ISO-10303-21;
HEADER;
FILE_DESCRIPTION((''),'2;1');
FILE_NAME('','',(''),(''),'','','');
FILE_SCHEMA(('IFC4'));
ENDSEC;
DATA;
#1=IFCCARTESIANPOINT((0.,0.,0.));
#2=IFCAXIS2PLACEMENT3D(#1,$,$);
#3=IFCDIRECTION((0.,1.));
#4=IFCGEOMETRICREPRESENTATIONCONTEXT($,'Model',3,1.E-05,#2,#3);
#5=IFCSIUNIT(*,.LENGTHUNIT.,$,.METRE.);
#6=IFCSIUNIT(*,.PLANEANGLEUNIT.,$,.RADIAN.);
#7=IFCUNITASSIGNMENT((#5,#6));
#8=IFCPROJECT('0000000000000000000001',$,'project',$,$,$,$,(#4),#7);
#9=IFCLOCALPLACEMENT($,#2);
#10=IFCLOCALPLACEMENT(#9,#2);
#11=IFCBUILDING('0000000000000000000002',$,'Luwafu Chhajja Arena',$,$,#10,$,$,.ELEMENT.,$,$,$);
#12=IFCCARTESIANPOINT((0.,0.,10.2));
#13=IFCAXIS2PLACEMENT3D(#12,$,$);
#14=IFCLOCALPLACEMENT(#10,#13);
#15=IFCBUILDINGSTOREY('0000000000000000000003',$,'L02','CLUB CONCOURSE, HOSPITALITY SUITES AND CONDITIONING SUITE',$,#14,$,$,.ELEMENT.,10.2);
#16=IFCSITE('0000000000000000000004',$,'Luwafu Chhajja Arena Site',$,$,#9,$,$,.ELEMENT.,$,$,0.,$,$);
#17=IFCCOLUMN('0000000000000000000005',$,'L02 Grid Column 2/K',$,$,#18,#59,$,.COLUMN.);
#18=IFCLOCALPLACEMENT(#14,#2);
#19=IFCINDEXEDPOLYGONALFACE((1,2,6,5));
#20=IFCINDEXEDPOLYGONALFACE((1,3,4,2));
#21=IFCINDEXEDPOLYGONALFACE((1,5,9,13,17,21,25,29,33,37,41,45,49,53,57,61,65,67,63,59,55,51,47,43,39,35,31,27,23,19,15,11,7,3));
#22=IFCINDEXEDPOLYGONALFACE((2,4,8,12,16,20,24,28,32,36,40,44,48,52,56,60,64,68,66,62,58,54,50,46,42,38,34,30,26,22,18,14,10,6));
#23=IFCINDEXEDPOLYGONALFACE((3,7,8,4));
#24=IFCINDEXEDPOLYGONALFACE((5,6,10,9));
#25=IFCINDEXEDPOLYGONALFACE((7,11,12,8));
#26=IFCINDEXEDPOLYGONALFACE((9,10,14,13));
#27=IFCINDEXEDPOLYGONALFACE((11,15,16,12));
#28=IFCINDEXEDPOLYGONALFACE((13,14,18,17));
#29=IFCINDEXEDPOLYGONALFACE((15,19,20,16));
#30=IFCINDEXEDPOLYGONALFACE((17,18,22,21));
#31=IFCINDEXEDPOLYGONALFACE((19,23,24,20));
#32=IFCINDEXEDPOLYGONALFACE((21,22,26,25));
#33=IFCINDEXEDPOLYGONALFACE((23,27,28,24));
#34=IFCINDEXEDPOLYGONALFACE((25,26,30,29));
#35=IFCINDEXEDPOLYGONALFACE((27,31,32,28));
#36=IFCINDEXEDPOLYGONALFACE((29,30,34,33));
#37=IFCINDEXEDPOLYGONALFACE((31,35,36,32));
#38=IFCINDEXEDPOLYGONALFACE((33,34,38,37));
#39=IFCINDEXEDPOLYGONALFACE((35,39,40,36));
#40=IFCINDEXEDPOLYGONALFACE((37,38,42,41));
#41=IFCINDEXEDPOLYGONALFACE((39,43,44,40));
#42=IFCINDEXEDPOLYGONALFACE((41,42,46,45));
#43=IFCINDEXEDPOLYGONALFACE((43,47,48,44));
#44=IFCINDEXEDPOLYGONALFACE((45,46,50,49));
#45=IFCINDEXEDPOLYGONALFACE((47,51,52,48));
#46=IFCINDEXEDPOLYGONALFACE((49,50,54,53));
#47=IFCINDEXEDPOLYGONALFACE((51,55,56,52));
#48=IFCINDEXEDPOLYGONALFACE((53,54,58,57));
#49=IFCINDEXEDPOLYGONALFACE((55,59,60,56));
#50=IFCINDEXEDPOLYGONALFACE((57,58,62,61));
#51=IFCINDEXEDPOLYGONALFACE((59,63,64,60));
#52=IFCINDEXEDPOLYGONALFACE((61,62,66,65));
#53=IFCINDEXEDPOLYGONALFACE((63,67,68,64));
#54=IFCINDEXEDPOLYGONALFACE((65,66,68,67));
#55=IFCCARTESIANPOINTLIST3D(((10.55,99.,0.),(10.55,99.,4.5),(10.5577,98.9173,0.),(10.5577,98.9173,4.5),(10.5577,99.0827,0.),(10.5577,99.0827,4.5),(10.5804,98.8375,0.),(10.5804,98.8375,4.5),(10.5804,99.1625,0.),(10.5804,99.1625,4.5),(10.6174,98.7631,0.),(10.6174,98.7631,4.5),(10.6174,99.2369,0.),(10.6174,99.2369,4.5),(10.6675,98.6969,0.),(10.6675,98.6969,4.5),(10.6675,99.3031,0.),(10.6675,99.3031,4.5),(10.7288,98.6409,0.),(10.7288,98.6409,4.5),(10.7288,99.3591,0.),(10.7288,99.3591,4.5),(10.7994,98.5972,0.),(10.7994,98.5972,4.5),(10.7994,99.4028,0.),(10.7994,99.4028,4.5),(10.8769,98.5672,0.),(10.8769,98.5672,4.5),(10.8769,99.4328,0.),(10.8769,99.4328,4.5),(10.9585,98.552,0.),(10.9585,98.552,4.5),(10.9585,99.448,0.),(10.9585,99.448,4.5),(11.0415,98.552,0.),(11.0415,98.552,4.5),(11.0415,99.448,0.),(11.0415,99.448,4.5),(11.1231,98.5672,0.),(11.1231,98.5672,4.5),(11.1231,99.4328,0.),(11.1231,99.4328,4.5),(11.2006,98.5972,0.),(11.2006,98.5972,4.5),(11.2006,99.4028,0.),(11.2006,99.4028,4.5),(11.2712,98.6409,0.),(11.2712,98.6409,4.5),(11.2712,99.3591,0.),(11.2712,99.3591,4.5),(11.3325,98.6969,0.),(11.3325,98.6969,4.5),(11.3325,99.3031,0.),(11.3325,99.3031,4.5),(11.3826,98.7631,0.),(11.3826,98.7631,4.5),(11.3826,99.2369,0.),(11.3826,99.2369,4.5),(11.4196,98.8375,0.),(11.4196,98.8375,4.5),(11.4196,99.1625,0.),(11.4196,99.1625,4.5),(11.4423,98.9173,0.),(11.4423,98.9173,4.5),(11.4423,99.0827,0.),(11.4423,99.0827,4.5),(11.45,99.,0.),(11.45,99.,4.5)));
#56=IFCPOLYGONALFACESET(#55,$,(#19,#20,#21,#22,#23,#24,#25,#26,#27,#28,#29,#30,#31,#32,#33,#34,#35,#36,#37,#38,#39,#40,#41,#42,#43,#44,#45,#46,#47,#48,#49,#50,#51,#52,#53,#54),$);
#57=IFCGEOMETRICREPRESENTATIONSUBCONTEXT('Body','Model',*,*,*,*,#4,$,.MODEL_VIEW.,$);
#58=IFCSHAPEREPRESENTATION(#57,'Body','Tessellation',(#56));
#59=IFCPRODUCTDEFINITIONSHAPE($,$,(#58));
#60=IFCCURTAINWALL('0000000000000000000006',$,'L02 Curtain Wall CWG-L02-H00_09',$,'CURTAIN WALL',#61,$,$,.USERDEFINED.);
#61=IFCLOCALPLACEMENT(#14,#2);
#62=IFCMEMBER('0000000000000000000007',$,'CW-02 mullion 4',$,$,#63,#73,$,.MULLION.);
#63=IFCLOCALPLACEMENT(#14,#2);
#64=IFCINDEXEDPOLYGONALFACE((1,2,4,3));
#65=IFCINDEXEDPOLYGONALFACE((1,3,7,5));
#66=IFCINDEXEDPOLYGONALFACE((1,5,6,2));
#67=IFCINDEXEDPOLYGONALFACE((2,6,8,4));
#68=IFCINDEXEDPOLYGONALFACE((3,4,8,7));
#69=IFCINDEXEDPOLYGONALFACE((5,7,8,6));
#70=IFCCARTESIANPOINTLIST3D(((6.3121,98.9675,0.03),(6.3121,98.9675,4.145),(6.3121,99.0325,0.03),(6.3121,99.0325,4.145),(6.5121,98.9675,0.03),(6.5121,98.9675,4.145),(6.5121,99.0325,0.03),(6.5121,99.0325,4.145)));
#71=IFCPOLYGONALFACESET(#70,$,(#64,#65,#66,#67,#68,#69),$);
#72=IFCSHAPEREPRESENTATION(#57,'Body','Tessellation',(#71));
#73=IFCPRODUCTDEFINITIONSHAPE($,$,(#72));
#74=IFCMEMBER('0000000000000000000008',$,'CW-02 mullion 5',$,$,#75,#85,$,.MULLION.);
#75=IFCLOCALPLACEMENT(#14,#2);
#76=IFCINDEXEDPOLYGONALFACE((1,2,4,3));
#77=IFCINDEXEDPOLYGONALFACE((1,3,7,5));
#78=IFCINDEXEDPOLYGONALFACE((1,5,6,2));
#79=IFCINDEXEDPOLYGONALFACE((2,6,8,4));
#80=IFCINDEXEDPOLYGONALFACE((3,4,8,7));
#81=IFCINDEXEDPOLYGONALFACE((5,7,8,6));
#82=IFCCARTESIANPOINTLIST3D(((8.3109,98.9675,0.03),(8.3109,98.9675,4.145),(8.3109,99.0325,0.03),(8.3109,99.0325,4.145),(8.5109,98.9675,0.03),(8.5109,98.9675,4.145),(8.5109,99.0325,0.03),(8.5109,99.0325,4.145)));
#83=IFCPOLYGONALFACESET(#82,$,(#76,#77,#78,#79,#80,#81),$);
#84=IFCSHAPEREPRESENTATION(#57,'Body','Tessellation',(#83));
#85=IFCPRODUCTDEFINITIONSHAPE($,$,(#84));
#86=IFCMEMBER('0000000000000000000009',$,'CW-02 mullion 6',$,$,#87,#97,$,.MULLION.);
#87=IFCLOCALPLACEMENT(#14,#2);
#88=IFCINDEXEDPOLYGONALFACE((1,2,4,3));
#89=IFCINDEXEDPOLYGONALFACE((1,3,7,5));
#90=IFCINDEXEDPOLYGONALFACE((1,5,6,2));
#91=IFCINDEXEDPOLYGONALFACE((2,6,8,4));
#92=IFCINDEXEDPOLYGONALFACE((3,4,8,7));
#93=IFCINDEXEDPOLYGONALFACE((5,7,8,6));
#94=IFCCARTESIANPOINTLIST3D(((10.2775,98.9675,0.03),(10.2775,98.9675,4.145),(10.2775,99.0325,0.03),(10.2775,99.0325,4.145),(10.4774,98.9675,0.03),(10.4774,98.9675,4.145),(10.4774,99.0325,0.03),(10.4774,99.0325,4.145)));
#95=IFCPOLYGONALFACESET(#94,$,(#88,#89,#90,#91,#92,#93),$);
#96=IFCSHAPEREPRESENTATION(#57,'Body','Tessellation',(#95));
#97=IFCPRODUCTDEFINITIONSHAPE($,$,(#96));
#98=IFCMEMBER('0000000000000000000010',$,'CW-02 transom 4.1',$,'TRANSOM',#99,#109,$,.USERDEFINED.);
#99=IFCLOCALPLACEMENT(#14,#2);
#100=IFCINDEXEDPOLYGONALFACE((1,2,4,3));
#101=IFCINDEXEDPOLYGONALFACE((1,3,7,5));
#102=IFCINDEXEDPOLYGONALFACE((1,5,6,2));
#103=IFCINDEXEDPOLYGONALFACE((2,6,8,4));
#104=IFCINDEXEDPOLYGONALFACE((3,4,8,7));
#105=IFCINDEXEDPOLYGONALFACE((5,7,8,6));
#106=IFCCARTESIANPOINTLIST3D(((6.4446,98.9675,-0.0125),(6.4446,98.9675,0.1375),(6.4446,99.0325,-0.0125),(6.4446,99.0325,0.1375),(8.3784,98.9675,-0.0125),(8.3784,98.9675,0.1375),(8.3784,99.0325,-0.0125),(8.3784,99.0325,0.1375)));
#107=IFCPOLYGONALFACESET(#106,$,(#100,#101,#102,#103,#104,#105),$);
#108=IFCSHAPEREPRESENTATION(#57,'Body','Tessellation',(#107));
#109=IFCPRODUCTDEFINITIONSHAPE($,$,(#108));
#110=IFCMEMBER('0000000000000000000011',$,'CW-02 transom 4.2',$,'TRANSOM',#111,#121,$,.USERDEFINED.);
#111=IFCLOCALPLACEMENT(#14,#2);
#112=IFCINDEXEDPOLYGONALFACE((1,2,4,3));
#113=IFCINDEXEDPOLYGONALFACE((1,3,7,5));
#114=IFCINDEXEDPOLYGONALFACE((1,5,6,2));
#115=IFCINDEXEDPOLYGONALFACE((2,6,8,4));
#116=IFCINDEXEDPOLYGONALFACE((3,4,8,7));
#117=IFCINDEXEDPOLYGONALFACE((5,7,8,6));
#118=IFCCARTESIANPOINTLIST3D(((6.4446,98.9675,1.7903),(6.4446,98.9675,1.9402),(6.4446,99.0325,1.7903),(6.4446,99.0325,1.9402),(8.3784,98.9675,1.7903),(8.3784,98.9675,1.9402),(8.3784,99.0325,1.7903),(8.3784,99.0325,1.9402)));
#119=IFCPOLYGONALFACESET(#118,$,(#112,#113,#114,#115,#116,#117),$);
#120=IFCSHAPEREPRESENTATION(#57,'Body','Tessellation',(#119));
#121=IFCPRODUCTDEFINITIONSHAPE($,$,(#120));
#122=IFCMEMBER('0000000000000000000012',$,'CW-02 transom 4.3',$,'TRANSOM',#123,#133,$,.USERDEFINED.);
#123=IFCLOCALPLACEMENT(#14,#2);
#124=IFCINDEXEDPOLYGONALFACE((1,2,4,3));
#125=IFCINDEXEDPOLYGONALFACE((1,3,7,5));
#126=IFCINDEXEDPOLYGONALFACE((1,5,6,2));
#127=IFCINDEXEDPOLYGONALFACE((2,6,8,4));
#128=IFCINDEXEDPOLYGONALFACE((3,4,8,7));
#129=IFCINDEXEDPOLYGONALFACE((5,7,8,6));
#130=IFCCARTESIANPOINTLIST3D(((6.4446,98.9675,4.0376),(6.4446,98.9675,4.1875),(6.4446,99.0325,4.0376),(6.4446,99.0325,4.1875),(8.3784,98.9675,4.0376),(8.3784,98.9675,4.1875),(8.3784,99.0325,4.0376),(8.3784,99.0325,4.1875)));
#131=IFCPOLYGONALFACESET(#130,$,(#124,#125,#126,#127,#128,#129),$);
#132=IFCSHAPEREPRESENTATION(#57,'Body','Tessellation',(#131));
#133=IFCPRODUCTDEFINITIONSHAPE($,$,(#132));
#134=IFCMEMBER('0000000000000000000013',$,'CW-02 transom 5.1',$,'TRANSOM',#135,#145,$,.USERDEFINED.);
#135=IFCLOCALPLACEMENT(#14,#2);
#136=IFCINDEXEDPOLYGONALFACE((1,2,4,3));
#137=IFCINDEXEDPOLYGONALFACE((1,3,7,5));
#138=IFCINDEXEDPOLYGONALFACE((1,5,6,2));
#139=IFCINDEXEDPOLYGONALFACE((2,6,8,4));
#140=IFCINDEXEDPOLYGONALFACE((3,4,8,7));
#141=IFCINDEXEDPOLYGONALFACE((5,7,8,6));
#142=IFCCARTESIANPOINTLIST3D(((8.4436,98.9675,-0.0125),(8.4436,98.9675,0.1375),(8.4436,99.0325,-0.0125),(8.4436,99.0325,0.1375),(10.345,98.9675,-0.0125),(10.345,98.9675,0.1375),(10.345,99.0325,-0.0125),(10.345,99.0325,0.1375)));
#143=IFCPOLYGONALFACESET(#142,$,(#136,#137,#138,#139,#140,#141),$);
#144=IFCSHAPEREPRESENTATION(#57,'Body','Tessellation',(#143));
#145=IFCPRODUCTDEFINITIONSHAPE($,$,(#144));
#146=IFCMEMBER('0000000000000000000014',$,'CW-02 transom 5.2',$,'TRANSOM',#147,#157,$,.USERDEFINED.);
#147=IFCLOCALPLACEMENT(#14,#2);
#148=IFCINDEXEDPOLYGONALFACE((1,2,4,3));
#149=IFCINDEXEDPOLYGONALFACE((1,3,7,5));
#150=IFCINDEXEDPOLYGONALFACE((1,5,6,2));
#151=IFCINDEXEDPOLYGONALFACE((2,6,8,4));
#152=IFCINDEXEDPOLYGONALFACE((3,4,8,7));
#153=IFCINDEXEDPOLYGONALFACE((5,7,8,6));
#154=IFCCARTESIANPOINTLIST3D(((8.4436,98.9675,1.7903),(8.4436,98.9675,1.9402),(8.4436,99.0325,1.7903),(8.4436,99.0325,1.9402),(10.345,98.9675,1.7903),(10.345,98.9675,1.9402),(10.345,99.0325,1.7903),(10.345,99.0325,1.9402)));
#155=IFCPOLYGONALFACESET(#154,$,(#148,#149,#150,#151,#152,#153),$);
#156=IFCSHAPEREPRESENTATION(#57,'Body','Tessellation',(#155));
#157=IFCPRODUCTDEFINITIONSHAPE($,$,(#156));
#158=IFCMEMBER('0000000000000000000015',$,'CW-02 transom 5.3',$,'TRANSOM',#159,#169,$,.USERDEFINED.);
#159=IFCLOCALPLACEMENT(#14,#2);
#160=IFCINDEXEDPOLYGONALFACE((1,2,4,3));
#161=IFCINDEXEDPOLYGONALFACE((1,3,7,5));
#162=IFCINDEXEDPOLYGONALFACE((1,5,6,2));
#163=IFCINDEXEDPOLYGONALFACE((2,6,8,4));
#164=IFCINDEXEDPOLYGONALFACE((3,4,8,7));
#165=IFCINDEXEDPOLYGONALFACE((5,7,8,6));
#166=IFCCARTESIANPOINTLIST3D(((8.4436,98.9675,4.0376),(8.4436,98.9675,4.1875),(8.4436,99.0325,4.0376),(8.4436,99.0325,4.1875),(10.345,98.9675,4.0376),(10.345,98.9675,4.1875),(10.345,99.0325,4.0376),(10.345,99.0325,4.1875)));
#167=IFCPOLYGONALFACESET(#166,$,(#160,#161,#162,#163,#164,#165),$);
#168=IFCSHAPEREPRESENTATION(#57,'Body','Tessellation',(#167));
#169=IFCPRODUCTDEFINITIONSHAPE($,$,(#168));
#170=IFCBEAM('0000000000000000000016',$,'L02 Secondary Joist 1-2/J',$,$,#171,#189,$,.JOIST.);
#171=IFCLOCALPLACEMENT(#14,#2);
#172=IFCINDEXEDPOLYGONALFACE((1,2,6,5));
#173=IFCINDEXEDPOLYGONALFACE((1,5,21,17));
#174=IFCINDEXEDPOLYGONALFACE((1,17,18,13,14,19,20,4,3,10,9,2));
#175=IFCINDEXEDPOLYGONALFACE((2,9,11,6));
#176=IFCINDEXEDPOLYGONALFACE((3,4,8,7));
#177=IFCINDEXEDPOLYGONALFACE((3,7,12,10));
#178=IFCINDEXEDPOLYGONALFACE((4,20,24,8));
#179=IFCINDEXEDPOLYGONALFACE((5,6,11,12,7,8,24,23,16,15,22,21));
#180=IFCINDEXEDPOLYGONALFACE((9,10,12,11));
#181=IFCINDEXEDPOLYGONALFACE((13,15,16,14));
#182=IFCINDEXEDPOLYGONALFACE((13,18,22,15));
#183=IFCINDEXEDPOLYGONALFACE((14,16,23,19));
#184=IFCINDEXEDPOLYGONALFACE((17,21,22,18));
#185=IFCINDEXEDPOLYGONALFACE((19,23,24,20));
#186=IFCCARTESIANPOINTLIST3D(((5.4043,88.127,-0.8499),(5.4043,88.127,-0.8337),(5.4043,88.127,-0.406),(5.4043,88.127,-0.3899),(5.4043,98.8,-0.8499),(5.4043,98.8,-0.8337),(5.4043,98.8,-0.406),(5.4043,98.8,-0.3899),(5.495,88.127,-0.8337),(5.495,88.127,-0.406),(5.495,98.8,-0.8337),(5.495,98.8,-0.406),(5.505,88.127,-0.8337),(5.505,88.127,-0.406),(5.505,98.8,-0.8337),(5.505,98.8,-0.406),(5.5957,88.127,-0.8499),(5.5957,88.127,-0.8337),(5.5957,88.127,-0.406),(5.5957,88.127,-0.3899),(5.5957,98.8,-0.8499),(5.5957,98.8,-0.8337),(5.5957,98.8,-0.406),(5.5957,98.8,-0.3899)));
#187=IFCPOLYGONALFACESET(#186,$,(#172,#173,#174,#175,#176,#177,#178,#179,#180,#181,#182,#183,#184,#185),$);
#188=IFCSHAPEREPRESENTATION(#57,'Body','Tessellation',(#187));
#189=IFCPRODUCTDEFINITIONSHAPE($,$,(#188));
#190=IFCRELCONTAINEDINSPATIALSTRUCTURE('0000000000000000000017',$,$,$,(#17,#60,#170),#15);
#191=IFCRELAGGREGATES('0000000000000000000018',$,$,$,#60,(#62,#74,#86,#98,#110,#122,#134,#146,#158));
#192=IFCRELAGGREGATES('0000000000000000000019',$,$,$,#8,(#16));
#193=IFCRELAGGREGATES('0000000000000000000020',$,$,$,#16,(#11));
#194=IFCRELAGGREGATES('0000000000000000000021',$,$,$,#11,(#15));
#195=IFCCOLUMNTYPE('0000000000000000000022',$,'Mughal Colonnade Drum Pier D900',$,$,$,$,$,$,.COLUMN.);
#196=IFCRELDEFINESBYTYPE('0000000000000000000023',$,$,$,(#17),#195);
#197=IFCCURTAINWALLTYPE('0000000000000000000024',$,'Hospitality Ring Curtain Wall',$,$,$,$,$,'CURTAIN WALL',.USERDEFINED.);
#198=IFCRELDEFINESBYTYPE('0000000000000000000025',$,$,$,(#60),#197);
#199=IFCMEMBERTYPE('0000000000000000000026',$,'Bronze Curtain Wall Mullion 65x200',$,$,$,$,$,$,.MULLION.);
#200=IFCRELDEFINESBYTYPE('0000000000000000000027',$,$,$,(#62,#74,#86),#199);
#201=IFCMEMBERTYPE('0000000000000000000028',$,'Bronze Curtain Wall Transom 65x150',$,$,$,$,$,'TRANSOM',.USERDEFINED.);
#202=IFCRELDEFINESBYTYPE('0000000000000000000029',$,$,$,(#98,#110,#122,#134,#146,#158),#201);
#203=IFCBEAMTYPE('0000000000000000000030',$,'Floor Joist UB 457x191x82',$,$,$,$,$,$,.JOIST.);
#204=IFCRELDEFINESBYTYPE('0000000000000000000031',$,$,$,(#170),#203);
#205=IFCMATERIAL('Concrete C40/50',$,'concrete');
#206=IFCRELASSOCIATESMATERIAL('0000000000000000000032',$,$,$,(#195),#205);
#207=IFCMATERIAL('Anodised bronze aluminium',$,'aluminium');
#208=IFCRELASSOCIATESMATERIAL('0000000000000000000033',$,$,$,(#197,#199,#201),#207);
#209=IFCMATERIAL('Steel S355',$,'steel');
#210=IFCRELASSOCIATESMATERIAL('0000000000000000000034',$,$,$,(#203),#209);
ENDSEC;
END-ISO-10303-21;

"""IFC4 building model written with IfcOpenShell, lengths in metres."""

from ifc_helpers import new_model, si_unit, direction, frame, origin, origin_2d, place, context, subcontext, project, spatial, rectangle, circle, i_section, extrude, material, material_profile, profile_set, type_object, element, aggregate, save


model = new_model("IFC4")

# Units and contexts
model_context = context("Model", 3, precision=1e-05, world=origin(), true_north=direction((0.0, 1.0)))
body_context = subcontext(model_context, "Body", "Model", "MODEL_VIEW")
ifc_project = project(units=[si_unit("LENGTHUNIT", "METRE"), si_unit("PLANEANGLEUNIT", "RADIAN")], contexts=[model_context])

# Site, building, storey
site_placement = place(None, origin())
site = spatial("IfcSite", under=ifc_project, at=site_placement, Name="Luwafu Chhajja Arena Site", CompositionType="ELEMENT", RefElevation=0.0)
building_placement = place(site_placement, origin())
building = spatial("IfcBuilding", under=site, at=building_placement, Name="Luwafu Chhajja Arena", CompositionType="ELEMENT")
storey_placement = place(building_placement, frame((0.0, 0.0, 10.2)))
storey = spatial("IfcBuildingStorey", under=building, at=storey_placement, Name="L02", Description="CLUB CONCOURSE, HOSPITALITY SUITES AND CONDITIONING SUITE", CompositionType="ELEMENT", Elevation=10.2)

# Column
ifc_material_1 = material(Name="Concrete C40/50", Category="concrete")
ifc_material_profile_1 = material_profile(ifc_material_1, circle(Radius=0.45, at=origin_2d()), Name="RC COL D900")
ifc_profile_set_1 = profile_set([ifc_material_profile_1], Name="Concrete C40/50")
column_type = type_object("IfcColumnType", Name="Mughal Colonnade Drum Pier D900", PredefinedType="COLUMN", material=ifc_profile_set_1)
column_placement = place(storey_placement, frame((11.0, 99.0, 0.0), z_axis=(0.0, 0.0, 1.0), x_axis=(1.0, 0.0, 0.0)))
element("IfcColumn", 1, at=column_placement, inside=storey, type_object=column_type, Name="L02 Grid Column 2/K", PredefinedType="COLUMN", context=body_context, shape_type="SweptSolid", body=[
    extrude(circle(Radius=0.45, at=origin_2d()), origin(), (0.0, 0.0, 1.0), 4.5),
])

# Curtain wall, members
ifc_material_2 = material(Name="Anodised bronze aluminium", Category="aluminium")
curtain_wall_type = type_object("IfcCurtainWallType", Name="Hospitality Ring Curtain Wall", ElementType="CURTAIN WALL", PredefinedType="USERDEFINED", material=ifc_material_2)
curtain_wall_placement = place(storey_placement, origin())
curtain_wall = element("IfcCurtainWall", 2, at=curtain_wall_placement, inside=storey, type_object=curtain_wall_type, Name="L02 Curtain Wall CWG-L02-H00_09", ObjectType="CURTAIN WALL", PredefinedType="USERDEFINED")
ifc_material_profile_2 = material_profile(ifc_material_2, rectangle(XDim=0.0649, YDim=0.2, at=origin_2d()), Name="CWM 65x200")
ifc_profile_set_2 = profile_set([ifc_material_profile_2], Name="Anodised bronze aluminium")
member_type_1 = type_object("IfcMemberType", Name="Bronze Curtain Wall Mullion 65x200", PredefinedType="MULLION", material=ifc_profile_set_2)
member_1_placement = place(storey_placement, frame((6.4121, 99.0, 0.03), z_axis=(0.0, 0.0, 1.0), x_axis=(0.0, 1.0, 0.0)))
member_1 = element("IfcMember", 3, at=member_1_placement, type_object=member_type_1, Name="CW-02 mullion 4", PredefinedType="MULLION", context=body_context, shape_type="SweptSolid", body=[
    extrude(rectangle(XDim=0.0649, YDim=0.2, at=origin_2d()), origin(), (0.0, 0.0, 1.0), 4.115),
])
member_2_placement = place(storey_placement, frame((8.4109, 99.0, 0.03), z_axis=(0.0, 0.0, 1.0), x_axis=(0.0, 1.0, 0.0)))
member_2 = element("IfcMember", 4, at=member_2_placement, type_object=member_type_1, Name="CW-02 mullion 5", PredefinedType="MULLION", context=body_context, shape_type="SweptSolid", body=[
    extrude(rectangle(XDim=0.0649, YDim=0.2, at=origin_2d()), origin(), (0.0, 0.0, 1.0), 4.115),
])
member_3_placement = place(storey_placement, frame((10.3774, 99.0, 0.03), z_axis=(0.0, 0.0, 1.0), x_axis=(0.0, 1.0, 0.0)))
member_3 = element("IfcMember", 5, at=member_3_placement, type_object=member_type_1, Name="CW-02 mullion 6", PredefinedType="MULLION", context=body_context, shape_type="SweptSolid", body=[
    extrude(rectangle(XDim=0.0649, YDim=0.2, at=origin_2d()), origin(), (0.0, 0.0, 1.0), 4.115),
])
ifc_material_profile_3 = material_profile(ifc_material_2, rectangle(XDim=0.0649, YDim=0.1499, at=origin_2d()), Name="CWT 65x150")
ifc_profile_set_3 = profile_set([ifc_material_profile_3], Name="Anodised bronze aluminium")
member_type_2 = type_object("IfcMemberType", Name="Bronze Curtain Wall Transom 65x150", ElementType="TRANSOM", PredefinedType="USERDEFINED", material=ifc_profile_set_3)
member_4_placement = place(storey_placement, frame((6.4446, 99.0, 0.0625), z_axis=(1.0, 0.0, 0.0), x_axis=(0.0, 1.0, 0.0)))
member_4 = element("IfcMember", 6, at=member_4_placement, type_object=member_type_2, Name="CW-02 transom 4.1", ObjectType="TRANSOM", PredefinedType="USERDEFINED", context=body_context, shape_type="SweptSolid", body=[
    extrude(rectangle(XDim=0.0649, YDim=0.1499, at=origin_2d()), origin(), (0.0, 0.0, 1.0), 1.9338),
])
member_5_placement = place(storey_placement, frame((6.4446, 99.0, 1.8652), z_axis=(1.0, 0.0, 0.0), x_axis=(0.0, 1.0, 0.0)))
member_5 = element("IfcMember", 7, at=member_5_placement, type_object=member_type_2, Name="CW-02 transom 4.2", ObjectType="TRANSOM", PredefinedType="USERDEFINED", context=body_context, shape_type="SweptSolid", body=[
    extrude(rectangle(XDim=0.0649, YDim=0.1499, at=origin_2d()), origin(), (0.0, 0.0, 1.0), 1.9338),
])
member_6_placement = place(storey_placement, frame((6.4446, 99.0, 4.1125), z_axis=(1.0, 0.0, 0.0), x_axis=(0.0, 1.0, 0.0)))
member_6 = element("IfcMember", 8, at=member_6_placement, type_object=member_type_2, Name="CW-02 transom 4.3", ObjectType="TRANSOM", PredefinedType="USERDEFINED", context=body_context, shape_type="SweptSolid", body=[
    extrude(rectangle(XDim=0.0649, YDim=0.1499, at=origin_2d()), origin(), (0.0, 0.0, 1.0), 1.9338),
])
member_7_placement = place(storey_placement, frame((8.4436, 99.0, 0.0625), z_axis=(1.0, 0.0, 0.0), x_axis=(0.0, 1.0, 0.0)))
member_7 = element("IfcMember", 9, at=member_7_placement, type_object=member_type_2, Name="CW-02 transom 5.1", ObjectType="TRANSOM", PredefinedType="USERDEFINED", context=body_context, shape_type="SweptSolid", body=[
    extrude(rectangle(XDim=0.0649, YDim=0.1499, at=origin_2d()), origin(), (0.0, 0.0, 1.0), 1.9014),
])
member_8_placement = place(storey_placement, frame((8.4436, 99.0, 1.8652), z_axis=(1.0, 0.0, 0.0), x_axis=(0.0, 1.0, 0.0)))
member_8 = element("IfcMember", 10, at=member_8_placement, type_object=member_type_2, Name="CW-02 transom 5.2", ObjectType="TRANSOM", PredefinedType="USERDEFINED", context=body_context, shape_type="SweptSolid", body=[
    extrude(rectangle(XDim=0.0649, YDim=0.1499, at=origin_2d()), origin(), (0.0, 0.0, 1.0), 1.9014),
])
member_9_placement = place(storey_placement, frame((8.4436, 99.0, 4.1125), z_axis=(1.0, 0.0, 0.0), x_axis=(0.0, 1.0, 0.0)))
member_9 = element("IfcMember", 11, at=member_9_placement, type_object=member_type_2, Name="CW-02 transom 5.3", ObjectType="TRANSOM", PredefinedType="USERDEFINED", context=body_context, shape_type="SweptSolid", body=[
    extrude(rectangle(XDim=0.0649, YDim=0.1499, at=origin_2d()), origin(), (0.0, 0.0, 1.0), 1.9014),
])

# Beam
ifc_material_3 = material(Name="Steel S355", Category="steel")
ifc_material_profile_4 = material_profile(ifc_material_3, i_section(OverallWidth=0.1914, OverallDepth=0.46, WebThickness=0.01, FlangeThickness=0.0161, at=origin_2d()), Name="UB 457x191x82")
ifc_profile_set_4 = profile_set([ifc_material_profile_4], Name="Steel S355")
beam_type_1 = type_object("IfcBeamType", Name="Floor Joist UB 457x191x82", PredefinedType="JOIST", material=ifc_profile_set_4)
beam_1_placement = place(storey_placement, frame((5.5, 88.127, -0.6199), z_axis=(0.0, 1.0, 0.0), x_axis=(-1.0, 0.0, 0.0)))
element("IfcBeam", 12, at=beam_1_placement, inside=storey, type_object=beam_type_1, Name="L02 Secondary Joist 1-2/J", PredefinedType="JOIST", context=body_context, shape_type="SweptSolid", body=[
    extrude(i_section(OverallWidth=0.1914, OverallDepth=0.46, WebThickness=0.01, FlangeThickness=0.0161, at=origin_2d()), origin(), (0.0, 0.0, 1.0), 10.6731),
])

aggregate(curtain_wall, [member_1, member_2, member_3, member_4, member_5, member_6, member_7, member_8, member_9])

save(model, "model.ifc")
